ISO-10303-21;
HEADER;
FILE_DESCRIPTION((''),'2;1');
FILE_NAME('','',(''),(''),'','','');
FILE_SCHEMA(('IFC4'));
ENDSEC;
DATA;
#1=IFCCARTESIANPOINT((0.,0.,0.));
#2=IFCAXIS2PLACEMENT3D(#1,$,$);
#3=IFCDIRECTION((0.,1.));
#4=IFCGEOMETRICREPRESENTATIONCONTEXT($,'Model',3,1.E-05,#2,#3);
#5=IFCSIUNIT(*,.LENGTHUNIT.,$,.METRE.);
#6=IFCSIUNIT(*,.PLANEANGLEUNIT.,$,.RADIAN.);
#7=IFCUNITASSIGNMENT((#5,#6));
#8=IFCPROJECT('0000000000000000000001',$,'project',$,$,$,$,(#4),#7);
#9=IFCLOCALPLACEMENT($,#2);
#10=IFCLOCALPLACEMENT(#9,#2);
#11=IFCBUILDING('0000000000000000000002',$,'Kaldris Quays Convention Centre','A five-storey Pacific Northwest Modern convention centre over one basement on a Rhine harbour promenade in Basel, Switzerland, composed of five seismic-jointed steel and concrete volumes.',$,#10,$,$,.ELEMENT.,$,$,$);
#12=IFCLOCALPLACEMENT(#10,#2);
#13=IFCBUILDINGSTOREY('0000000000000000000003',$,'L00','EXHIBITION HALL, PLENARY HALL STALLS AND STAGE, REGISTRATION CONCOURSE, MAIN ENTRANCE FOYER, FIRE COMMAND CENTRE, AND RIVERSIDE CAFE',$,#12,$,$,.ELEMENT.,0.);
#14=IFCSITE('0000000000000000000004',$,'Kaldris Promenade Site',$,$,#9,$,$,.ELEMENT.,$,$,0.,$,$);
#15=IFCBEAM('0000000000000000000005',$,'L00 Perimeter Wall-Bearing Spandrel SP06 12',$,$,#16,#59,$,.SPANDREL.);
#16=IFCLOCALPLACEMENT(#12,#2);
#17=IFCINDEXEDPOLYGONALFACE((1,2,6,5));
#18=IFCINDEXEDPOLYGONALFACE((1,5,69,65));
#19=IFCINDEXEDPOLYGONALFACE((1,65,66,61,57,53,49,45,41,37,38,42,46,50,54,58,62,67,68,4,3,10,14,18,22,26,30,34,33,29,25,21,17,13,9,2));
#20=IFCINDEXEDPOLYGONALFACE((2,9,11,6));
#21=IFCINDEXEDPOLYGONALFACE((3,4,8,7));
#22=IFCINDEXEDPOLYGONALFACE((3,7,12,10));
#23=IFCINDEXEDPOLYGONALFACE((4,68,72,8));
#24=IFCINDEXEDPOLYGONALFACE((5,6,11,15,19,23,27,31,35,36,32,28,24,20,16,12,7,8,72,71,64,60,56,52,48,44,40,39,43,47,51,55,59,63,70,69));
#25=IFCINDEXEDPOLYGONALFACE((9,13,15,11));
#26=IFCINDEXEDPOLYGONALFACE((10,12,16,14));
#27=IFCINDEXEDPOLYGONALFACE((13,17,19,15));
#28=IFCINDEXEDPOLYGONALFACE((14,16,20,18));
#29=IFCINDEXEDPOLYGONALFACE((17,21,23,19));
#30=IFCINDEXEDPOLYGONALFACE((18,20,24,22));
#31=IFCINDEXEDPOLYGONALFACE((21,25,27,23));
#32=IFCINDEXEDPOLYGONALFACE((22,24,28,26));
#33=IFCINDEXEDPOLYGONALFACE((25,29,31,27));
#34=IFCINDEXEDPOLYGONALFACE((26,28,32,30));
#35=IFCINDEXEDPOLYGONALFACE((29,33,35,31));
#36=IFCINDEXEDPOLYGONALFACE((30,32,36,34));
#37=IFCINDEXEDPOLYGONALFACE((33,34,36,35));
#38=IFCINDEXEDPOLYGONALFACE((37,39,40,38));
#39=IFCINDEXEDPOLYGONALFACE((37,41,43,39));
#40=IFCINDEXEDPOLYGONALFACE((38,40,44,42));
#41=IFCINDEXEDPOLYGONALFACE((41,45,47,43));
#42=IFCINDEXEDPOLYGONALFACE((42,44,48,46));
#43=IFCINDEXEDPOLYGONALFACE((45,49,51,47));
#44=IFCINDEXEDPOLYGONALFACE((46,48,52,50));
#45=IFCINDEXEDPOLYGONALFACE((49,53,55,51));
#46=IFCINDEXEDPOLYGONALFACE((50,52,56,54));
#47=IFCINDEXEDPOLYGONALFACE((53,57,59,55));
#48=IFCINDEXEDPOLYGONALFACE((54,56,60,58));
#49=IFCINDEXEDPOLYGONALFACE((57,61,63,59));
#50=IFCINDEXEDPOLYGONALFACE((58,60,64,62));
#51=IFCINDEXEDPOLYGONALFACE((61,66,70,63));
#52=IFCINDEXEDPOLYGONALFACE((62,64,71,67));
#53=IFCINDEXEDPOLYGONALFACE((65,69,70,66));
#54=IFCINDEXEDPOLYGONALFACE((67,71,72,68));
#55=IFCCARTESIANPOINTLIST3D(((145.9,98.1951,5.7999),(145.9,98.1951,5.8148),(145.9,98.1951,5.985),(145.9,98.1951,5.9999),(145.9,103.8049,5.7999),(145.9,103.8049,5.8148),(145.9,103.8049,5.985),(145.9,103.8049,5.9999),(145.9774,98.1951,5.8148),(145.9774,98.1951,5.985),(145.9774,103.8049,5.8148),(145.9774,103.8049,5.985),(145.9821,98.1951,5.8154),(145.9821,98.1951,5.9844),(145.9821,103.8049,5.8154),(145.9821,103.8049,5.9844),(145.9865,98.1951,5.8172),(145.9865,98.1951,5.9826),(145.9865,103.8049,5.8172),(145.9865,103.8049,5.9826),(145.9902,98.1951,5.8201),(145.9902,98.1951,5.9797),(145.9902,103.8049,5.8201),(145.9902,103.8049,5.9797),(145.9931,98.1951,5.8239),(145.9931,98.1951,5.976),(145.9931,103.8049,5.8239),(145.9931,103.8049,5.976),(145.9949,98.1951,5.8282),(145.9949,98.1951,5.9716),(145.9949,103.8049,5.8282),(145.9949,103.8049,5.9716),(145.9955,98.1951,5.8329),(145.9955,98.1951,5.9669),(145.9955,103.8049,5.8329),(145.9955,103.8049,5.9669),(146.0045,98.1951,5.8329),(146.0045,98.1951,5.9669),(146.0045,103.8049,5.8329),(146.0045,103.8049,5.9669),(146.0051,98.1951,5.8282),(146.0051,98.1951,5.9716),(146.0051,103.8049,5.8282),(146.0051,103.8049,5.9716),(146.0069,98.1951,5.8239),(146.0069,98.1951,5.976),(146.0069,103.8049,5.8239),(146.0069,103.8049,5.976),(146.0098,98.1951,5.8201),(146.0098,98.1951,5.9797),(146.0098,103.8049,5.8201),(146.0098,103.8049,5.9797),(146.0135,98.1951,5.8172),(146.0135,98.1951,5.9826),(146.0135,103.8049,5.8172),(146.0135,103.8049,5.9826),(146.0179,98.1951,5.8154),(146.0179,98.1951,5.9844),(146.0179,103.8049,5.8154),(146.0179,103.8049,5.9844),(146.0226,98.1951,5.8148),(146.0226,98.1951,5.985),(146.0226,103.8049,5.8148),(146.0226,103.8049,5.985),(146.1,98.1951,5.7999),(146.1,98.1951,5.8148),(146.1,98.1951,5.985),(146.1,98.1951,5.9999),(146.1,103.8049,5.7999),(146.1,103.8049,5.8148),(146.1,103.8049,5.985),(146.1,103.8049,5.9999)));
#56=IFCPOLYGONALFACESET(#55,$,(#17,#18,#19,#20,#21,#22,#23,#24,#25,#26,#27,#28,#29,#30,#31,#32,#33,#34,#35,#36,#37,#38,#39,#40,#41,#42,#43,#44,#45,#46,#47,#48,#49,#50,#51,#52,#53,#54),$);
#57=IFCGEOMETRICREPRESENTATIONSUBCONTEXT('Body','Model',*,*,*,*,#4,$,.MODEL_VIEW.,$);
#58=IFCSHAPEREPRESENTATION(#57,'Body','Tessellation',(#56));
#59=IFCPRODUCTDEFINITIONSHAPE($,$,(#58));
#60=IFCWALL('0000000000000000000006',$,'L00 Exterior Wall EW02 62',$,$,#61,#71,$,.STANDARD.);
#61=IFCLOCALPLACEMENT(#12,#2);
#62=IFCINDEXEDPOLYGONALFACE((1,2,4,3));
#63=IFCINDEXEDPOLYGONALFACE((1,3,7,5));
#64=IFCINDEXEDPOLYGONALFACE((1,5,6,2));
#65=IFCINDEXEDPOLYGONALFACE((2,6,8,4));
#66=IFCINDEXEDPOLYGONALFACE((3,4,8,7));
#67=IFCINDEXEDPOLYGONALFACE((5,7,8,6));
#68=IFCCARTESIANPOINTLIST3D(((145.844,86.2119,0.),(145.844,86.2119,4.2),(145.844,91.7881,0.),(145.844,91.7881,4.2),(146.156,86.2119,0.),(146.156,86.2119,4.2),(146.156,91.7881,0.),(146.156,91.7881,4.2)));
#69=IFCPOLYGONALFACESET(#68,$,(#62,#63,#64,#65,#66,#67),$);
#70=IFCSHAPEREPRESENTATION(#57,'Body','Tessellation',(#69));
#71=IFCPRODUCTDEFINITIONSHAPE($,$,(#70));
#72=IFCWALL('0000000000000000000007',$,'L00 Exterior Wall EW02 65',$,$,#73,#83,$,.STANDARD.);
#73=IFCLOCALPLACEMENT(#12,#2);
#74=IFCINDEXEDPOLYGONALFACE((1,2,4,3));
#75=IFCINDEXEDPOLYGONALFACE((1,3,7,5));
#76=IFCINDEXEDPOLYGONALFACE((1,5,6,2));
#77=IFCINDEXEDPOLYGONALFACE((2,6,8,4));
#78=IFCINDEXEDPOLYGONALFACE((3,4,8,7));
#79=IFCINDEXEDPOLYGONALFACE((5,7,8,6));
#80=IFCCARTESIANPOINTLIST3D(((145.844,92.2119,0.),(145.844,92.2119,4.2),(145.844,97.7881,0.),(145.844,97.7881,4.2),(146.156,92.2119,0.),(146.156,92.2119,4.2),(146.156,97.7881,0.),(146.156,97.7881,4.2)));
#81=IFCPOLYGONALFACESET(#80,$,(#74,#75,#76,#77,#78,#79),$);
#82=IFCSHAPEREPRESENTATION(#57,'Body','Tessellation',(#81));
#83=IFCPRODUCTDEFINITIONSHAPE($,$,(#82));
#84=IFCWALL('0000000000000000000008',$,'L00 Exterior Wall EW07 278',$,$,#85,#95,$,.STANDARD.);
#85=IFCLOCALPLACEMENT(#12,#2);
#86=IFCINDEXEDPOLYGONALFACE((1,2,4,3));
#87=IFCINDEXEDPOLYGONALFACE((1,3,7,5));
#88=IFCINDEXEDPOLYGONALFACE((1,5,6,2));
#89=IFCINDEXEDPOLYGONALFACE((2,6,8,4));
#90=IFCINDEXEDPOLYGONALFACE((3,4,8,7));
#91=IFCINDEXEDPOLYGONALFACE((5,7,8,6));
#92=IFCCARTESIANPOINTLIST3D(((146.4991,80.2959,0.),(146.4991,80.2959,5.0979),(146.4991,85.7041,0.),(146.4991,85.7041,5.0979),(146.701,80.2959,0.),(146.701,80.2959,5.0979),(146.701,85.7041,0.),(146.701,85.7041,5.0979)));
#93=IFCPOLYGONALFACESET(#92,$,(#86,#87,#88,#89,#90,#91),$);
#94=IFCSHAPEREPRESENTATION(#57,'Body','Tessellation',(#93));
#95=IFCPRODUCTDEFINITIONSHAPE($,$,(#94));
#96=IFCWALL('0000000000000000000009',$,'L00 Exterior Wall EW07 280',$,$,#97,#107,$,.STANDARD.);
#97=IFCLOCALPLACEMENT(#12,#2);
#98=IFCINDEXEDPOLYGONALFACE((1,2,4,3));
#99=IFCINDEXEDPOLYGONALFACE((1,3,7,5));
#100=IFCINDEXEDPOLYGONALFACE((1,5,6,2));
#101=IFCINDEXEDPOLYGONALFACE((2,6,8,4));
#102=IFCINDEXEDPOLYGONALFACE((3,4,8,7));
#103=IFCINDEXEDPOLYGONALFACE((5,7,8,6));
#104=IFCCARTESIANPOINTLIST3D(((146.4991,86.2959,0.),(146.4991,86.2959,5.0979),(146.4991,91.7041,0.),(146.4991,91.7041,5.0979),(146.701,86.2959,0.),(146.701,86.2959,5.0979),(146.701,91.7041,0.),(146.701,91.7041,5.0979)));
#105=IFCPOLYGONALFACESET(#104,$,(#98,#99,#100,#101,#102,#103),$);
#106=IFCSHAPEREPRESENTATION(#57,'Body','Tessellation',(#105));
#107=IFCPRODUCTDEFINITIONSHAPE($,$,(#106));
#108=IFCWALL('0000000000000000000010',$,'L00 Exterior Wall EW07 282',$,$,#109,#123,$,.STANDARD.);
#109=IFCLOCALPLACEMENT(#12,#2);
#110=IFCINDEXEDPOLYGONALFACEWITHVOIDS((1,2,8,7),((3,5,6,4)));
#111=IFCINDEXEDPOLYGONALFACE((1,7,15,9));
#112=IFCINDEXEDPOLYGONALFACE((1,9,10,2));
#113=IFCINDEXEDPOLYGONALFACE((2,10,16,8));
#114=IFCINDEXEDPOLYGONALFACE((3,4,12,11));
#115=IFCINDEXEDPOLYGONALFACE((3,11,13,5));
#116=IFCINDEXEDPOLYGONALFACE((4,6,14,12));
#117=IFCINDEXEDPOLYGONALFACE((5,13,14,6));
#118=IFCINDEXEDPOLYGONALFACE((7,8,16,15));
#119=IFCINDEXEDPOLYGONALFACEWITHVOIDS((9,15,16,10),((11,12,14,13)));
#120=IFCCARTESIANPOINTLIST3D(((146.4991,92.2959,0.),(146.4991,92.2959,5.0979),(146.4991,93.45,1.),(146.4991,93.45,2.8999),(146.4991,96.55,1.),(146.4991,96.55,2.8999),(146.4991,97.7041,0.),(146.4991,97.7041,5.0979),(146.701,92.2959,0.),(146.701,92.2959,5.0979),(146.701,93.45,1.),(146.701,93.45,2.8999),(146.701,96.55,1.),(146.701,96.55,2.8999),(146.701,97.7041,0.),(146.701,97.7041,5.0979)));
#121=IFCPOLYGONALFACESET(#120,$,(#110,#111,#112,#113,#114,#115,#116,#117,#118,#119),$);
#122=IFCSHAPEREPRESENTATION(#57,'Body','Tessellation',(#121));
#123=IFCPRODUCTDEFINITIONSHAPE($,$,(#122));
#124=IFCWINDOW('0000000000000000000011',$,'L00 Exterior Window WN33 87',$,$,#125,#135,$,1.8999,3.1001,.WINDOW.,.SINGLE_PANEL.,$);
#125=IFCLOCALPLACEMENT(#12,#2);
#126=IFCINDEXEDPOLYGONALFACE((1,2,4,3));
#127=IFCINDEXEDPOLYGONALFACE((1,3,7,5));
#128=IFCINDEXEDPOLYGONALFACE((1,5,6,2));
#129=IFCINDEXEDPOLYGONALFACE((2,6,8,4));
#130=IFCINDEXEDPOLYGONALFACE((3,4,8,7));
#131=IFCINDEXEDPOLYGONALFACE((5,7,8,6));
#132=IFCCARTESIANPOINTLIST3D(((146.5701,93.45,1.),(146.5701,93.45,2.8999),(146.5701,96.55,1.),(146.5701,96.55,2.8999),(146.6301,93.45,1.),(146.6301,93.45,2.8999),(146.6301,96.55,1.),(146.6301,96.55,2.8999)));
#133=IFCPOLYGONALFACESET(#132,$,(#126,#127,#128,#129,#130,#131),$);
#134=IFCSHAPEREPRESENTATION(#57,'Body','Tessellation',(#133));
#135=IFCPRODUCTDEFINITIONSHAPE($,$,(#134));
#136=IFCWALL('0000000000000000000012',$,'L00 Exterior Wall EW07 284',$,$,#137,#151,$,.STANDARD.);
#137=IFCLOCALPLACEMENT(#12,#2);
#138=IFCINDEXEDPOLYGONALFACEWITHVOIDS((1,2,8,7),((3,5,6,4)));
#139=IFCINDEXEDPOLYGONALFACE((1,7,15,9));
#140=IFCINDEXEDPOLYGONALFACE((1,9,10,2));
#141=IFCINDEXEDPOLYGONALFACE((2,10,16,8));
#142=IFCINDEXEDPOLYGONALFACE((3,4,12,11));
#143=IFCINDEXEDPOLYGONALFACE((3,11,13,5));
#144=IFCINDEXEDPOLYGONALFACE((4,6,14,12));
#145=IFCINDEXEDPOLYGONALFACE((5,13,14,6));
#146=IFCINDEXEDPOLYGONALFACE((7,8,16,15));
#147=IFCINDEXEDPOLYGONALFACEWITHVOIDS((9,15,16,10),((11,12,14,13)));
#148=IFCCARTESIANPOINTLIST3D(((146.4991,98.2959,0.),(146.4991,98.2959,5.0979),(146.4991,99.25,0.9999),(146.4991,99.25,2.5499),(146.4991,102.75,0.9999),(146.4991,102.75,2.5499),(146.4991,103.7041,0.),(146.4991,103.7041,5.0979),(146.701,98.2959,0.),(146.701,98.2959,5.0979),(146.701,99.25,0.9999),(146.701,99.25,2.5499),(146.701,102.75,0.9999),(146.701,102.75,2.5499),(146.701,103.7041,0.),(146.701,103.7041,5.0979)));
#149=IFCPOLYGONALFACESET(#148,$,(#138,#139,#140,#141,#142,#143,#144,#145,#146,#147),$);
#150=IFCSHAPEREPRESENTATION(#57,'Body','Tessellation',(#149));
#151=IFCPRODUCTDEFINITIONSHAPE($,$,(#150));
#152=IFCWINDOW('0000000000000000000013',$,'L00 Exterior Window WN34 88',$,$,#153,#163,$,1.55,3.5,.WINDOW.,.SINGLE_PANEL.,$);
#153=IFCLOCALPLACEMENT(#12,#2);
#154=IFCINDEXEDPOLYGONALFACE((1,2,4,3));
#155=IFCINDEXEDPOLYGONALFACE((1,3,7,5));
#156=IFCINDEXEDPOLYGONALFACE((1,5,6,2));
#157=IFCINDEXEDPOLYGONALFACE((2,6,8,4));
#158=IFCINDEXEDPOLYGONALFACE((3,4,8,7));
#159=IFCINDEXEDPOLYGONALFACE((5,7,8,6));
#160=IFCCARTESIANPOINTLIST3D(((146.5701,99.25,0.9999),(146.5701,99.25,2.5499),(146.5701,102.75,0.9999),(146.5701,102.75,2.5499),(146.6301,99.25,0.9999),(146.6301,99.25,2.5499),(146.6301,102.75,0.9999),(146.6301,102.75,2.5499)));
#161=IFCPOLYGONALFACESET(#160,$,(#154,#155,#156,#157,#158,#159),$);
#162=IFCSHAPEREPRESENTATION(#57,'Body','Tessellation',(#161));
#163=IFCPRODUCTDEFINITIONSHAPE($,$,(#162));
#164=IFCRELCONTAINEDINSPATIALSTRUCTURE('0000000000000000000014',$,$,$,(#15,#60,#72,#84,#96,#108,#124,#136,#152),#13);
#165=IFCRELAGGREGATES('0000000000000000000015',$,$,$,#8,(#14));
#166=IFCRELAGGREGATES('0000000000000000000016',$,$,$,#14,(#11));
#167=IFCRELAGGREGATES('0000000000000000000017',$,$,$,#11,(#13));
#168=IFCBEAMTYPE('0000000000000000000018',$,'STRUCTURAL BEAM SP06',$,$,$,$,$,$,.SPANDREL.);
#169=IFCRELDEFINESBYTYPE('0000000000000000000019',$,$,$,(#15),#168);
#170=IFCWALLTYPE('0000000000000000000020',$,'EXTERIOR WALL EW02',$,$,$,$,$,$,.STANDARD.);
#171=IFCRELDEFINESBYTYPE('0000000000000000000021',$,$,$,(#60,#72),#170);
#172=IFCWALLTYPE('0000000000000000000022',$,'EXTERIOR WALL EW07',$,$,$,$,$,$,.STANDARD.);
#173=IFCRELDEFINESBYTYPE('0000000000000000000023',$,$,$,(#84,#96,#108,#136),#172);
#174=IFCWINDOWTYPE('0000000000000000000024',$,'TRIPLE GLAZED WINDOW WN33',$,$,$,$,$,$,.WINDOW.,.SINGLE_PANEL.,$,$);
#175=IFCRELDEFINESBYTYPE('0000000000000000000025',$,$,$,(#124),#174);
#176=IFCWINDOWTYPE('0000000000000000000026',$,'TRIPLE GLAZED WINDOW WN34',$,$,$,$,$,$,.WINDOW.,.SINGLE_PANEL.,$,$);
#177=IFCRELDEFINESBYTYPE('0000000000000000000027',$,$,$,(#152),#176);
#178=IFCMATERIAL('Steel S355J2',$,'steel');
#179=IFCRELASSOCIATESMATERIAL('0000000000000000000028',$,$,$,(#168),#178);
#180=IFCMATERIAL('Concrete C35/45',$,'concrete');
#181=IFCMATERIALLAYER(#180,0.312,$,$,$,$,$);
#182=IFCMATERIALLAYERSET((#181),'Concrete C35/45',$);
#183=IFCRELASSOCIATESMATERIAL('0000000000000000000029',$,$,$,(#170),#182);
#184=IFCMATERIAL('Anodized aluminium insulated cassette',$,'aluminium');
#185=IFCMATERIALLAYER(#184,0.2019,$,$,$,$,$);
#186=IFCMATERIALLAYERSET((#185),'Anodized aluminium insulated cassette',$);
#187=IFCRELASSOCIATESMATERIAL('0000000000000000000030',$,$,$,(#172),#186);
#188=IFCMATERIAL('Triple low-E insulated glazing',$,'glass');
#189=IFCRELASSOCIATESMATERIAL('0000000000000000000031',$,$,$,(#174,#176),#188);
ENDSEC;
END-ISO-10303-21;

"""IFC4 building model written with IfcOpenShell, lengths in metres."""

from ifc_helpers import new_model, si_unit, direction, frame, frame_2d, origin, origin_2d, place, context, subcontext, project, spatial, rectangle, i_section, extrude, material, layer, layer_set, material_profile, profile_set, type_object, element, fill, save


model = new_model("IFC4")

# Units and contexts
model_context = context("Model", 3, precision=1e-05, world=origin(), true_north=direction((0.0, 1.0)))
body_context = subcontext(model_context, "Body", "Model", "MODEL_VIEW")
ifc_project = project(units=[si_unit("LENGTHUNIT", "METRE"), si_unit("PLANEANGLEUNIT", "RADIAN")], contexts=[model_context])

# Site, building, storey
site_placement = place(None, origin())
site = spatial("IfcSite", under=ifc_project, at=site_placement, Name="Kaldris Promenade Site", CompositionType="ELEMENT", RefElevation=0.0)
building_placement = place(site_placement, origin())
building = spatial("IfcBuilding", under=site, at=building_placement, Name="Kaldris Quays Convention Centre", Description="A five-storey Pacific Northwest Modern convention centre over one basement on a Rhine harbour promenade in Basel, Switzerland, composed of five seismic-jointed steel and concrete volumes.", CompositionType="ELEMENT")
storey_placement = place(building_placement, origin())
storey = spatial("IfcBuildingStorey", under=building, at=storey_placement, Name="L00", Description="EXHIBITION HALL, PLENARY HALL STALLS AND STAGE, REGISTRATION CONCOURSE, MAIN ENTRANCE FOYER, FIRE COMMAND CENTRE, AND RIVERSIDE CAFE", CompositionType="ELEMENT", Elevation=0.0)

# Shared definitions
ifc_material_1 = material(Name="Steel S355J2", Category="steel")

# Beam
ifc_material_profile_1 = material_profile(ifc_material_1, i_section(OverallWidth=0.2, OverallDepth=0.2, WebThickness=0.009, FlangeThickness=0.0149, FilletRadius=0.0181, at=origin_2d()), Name="HEB 200")
ifc_profile_set_1 = profile_set([ifc_material_profile_1], Name="Steel S355J2")
beam_type_1 = type_object("IfcBeamType", Name="STRUCTURAL BEAM SP06", PredefinedType="SPANDREL", material=ifc_profile_set_1)
beam_1_placement = place(storey_placement, frame((146.0, 98.1951, 5.8999), z_axis=(0.0, 1.0, 0.0), x_axis=(-1.0, 0.0, 0.0)))
element("IfcBeam", 1, at=beam_1_placement, inside=storey, type_object=beam_type_1, Name="L00 Perimeter Wall-Bearing Spandrel SP06 12", PredefinedType="SPANDREL", context=body_context, shape_type="SweptSolid", body=[
    extrude(i_section(OverallWidth=0.2, OverallDepth=0.2, WebThickness=0.009, FlangeThickness=0.0149, FilletRadius=0.0181, at=origin_2d()), origin(), (0.0, 0.0, 1.0), 5.6099),
])

# Walls
ifc_material_2 = material(Name="Concrete C35/45", Category="concrete")
ifc_layer_1 = layer(ifc_material_2, 0.312)
ifc_layer_set_1 = layer_set([ifc_layer_1], Name="Concrete C35/45")
wall_type_1 = type_object("IfcWallType", Name="EXTERIOR WALL EW02", PredefinedType="STANDARD", material=ifc_layer_set_1)
for number, where, z_axis, x_axis, name in (
    (2, (146.0, 86.2119, 0.0), (0.0, 0.0, 1.0), (0.0, 1.0, 0.0), "L00 Exterior Wall EW02 62"),
    (3, (146.0, 92.2119, 0.0), (0.0, 0.0, 1.0), (0.0, 1.0, 0.0), "L00 Exterior Wall EW02 65"),
):
    element("IfcWall", number, at=place(storey_placement, frame(where, z_axis=z_axis, x_axis=x_axis)), inside=storey, type_object=wall_type_1, Name=name, PredefinedType="STANDARD", context=body_context, shape_type="SweptSolid", body=[
        extrude(rectangle(XDim=5.5762, YDim=0.312, at=frame_2d((2.7881, 0.0))), origin(), (0.0, 0.0, 1.0), 4.2),
    ])

# Walls
ifc_material_3 = material(Name="Anodized aluminium insulated cassette", Category="aluminium")
ifc_layer_2 = layer(ifc_material_3, 0.2019)
ifc_layer_set_2 = layer_set([ifc_layer_2], Name="Anodized aluminium insulated cassette")
wall_type_2 = type_object("IfcWallType", Name="EXTERIOR WALL EW07", PredefinedType="STANDARD", material=ifc_layer_set_2)
for number, where, z_axis, x_axis, name in (
    (4, (146.6001, 80.2959, 0.0), (0.0, 0.0, 1.0), (0.0, 1.0, 0.0), "L00 Exterior Wall EW07 278"),
    (5, (146.6001, 86.2959, 0.0), (0.0, 0.0, 1.0), (0.0, 1.0, 0.0), "L00 Exterior Wall EW07 280"),
):
    element("IfcWall", number, at=place(storey_placement, frame(where, z_axis=z_axis, x_axis=x_axis)), inside=storey, type_object=wall_type_2, Name=name, PredefinedType="STANDARD", context=body_context, shape_type="SweptSolid", body=[
        extrude(rectangle(XDim=5.4082, YDim=0.2019, at=frame_2d((2.7041, 0.0))), origin(), (0.0, 0.0, 1.0), 5.0979),
    ])

# Walls, openings, windows
wall_1_placement = place(storey_placement, frame((146.6001, 92.2959, 0.0), z_axis=(0.0, 0.0, 1.0), x_axis=(0.0, 1.0, 0.0)))
wall_1 = element("IfcWall", 6, at=wall_1_placement, inside=storey, type_object=wall_type_2, Name="L00 Exterior Wall EW07 282", PredefinedType="STANDARD", context=body_context, shape_type="SweptSolid", body=[
    extrude(rectangle(XDim=5.4082, YDim=0.2019, at=frame_2d((2.7041, 0.0))), origin(), (0.0, 0.0, 1.0), 5.0979),
])
opening_1_placement = place(wall_1_placement, frame((1.1541, 0.0, 1.0)))
opening_1 = element("IfcOpeningElement", 7, at=opening_1_placement, cuts=wall_1, PredefinedType="OPENING", context=body_context, shape_type="SweptSolid", body=[
    extrude(rectangle(XDim=3.1001, YDim=1.8999, at=frame_2d((1.55, 0.95))), frame((0.0, 0.1108, 0.0), z_axis=(0.0, -1.0, 0.0), x_axis=(1.0, 0.0, 0.0)), (0.0, 0.0, 1.0), 0.2219),
])
ifc_material_4 = material(Name="Triple low-E insulated glazing", Category="glass")
window_type_1 = type_object("IfcWindowType", Name="TRIPLE GLAZED WINDOW WN33", PartitioningType="SINGLE_PANEL", PredefinedType="WINDOW", material=ifc_material_4)
window_1_placement = place(opening_1_placement, origin())
window_1 = element("IfcWindow", 8, at=window_1_placement, inside=storey, type_object=window_type_1, Name="L00 Exterior Window WN33 87", OverallHeight=1.8999, OverallWidth=3.1001, PartitioningType="SINGLE_PANEL", PredefinedType="WINDOW", context=body_context, shape_type="SweptSolid", body=[
    extrude(rectangle(XDim=3.1001, YDim=1.8999, at=frame_2d((1.55, 0.95))), frame((0.0, 0.03, 0.0), z_axis=(0.0, -1.0, 0.0), x_axis=(1.0, 0.0, 0.0)), (0.0, 0.0, 1.0), 0.0601),
])
fill(opening_1, window_1)
wall_2_placement = place(storey_placement, frame((146.6001, 98.2959, 0.0), z_axis=(0.0, 0.0, 1.0), x_axis=(0.0, 1.0, 0.0)))
wall_2 = element("IfcWall", 9, at=wall_2_placement, inside=storey, type_object=wall_type_2, Name="L00 Exterior Wall EW07 284", PredefinedType="STANDARD", context=body_context, shape_type="SweptSolid", body=[
    extrude(rectangle(XDim=5.4082, YDim=0.2019, at=frame_2d((2.7041, 0.0))), origin(), (0.0, 0.0, 1.0), 5.0979),
])
opening_2_placement = place(wall_2_placement, frame((0.9541, 0.0, 1.0)))
opening_2 = element("IfcOpeningElement", 10, at=opening_2_placement, cuts=wall_2, PredefinedType="OPENING", context=body_context, shape_type="SweptSolid", body=[
    extrude(rectangle(XDim=3.5, YDim=1.55, at=frame_2d((1.75, 0.7749))), frame((0.0, 0.1108, 0.0), z_axis=(0.0, -1.0, 0.0), x_axis=(1.0, 0.0, 0.0)), (0.0, 0.0, 1.0), 0.2219),
])
window_type_2 = type_object("IfcWindowType", Name="TRIPLE GLAZED WINDOW WN34", PartitioningType="SINGLE_PANEL", PredefinedType="WINDOW", material=ifc_material_4)
window_2_placement = place(opening_2_placement, origin())
window_2 = element("IfcWindow", 11, at=window_2_placement, inside=storey, type_object=window_type_2, Name="L00 Exterior Window WN34 88", OverallHeight=1.55, OverallWidth=3.5, PartitioningType="SINGLE_PANEL", PredefinedType="WINDOW", context=body_context, shape_type="SweptSolid", body=[
    extrude(rectangle(XDim=3.5, YDim=1.55, at=frame_2d((1.75, 0.7749))), frame((0.0, 0.03, 0.0), z_axis=(0.0, -1.0, 0.0), x_axis=(1.0, 0.0, 0.0)), (0.0, 0.0, 1.0), 0.0601),
])
fill(opening_2, window_2)

save(model, "model.ifc")
